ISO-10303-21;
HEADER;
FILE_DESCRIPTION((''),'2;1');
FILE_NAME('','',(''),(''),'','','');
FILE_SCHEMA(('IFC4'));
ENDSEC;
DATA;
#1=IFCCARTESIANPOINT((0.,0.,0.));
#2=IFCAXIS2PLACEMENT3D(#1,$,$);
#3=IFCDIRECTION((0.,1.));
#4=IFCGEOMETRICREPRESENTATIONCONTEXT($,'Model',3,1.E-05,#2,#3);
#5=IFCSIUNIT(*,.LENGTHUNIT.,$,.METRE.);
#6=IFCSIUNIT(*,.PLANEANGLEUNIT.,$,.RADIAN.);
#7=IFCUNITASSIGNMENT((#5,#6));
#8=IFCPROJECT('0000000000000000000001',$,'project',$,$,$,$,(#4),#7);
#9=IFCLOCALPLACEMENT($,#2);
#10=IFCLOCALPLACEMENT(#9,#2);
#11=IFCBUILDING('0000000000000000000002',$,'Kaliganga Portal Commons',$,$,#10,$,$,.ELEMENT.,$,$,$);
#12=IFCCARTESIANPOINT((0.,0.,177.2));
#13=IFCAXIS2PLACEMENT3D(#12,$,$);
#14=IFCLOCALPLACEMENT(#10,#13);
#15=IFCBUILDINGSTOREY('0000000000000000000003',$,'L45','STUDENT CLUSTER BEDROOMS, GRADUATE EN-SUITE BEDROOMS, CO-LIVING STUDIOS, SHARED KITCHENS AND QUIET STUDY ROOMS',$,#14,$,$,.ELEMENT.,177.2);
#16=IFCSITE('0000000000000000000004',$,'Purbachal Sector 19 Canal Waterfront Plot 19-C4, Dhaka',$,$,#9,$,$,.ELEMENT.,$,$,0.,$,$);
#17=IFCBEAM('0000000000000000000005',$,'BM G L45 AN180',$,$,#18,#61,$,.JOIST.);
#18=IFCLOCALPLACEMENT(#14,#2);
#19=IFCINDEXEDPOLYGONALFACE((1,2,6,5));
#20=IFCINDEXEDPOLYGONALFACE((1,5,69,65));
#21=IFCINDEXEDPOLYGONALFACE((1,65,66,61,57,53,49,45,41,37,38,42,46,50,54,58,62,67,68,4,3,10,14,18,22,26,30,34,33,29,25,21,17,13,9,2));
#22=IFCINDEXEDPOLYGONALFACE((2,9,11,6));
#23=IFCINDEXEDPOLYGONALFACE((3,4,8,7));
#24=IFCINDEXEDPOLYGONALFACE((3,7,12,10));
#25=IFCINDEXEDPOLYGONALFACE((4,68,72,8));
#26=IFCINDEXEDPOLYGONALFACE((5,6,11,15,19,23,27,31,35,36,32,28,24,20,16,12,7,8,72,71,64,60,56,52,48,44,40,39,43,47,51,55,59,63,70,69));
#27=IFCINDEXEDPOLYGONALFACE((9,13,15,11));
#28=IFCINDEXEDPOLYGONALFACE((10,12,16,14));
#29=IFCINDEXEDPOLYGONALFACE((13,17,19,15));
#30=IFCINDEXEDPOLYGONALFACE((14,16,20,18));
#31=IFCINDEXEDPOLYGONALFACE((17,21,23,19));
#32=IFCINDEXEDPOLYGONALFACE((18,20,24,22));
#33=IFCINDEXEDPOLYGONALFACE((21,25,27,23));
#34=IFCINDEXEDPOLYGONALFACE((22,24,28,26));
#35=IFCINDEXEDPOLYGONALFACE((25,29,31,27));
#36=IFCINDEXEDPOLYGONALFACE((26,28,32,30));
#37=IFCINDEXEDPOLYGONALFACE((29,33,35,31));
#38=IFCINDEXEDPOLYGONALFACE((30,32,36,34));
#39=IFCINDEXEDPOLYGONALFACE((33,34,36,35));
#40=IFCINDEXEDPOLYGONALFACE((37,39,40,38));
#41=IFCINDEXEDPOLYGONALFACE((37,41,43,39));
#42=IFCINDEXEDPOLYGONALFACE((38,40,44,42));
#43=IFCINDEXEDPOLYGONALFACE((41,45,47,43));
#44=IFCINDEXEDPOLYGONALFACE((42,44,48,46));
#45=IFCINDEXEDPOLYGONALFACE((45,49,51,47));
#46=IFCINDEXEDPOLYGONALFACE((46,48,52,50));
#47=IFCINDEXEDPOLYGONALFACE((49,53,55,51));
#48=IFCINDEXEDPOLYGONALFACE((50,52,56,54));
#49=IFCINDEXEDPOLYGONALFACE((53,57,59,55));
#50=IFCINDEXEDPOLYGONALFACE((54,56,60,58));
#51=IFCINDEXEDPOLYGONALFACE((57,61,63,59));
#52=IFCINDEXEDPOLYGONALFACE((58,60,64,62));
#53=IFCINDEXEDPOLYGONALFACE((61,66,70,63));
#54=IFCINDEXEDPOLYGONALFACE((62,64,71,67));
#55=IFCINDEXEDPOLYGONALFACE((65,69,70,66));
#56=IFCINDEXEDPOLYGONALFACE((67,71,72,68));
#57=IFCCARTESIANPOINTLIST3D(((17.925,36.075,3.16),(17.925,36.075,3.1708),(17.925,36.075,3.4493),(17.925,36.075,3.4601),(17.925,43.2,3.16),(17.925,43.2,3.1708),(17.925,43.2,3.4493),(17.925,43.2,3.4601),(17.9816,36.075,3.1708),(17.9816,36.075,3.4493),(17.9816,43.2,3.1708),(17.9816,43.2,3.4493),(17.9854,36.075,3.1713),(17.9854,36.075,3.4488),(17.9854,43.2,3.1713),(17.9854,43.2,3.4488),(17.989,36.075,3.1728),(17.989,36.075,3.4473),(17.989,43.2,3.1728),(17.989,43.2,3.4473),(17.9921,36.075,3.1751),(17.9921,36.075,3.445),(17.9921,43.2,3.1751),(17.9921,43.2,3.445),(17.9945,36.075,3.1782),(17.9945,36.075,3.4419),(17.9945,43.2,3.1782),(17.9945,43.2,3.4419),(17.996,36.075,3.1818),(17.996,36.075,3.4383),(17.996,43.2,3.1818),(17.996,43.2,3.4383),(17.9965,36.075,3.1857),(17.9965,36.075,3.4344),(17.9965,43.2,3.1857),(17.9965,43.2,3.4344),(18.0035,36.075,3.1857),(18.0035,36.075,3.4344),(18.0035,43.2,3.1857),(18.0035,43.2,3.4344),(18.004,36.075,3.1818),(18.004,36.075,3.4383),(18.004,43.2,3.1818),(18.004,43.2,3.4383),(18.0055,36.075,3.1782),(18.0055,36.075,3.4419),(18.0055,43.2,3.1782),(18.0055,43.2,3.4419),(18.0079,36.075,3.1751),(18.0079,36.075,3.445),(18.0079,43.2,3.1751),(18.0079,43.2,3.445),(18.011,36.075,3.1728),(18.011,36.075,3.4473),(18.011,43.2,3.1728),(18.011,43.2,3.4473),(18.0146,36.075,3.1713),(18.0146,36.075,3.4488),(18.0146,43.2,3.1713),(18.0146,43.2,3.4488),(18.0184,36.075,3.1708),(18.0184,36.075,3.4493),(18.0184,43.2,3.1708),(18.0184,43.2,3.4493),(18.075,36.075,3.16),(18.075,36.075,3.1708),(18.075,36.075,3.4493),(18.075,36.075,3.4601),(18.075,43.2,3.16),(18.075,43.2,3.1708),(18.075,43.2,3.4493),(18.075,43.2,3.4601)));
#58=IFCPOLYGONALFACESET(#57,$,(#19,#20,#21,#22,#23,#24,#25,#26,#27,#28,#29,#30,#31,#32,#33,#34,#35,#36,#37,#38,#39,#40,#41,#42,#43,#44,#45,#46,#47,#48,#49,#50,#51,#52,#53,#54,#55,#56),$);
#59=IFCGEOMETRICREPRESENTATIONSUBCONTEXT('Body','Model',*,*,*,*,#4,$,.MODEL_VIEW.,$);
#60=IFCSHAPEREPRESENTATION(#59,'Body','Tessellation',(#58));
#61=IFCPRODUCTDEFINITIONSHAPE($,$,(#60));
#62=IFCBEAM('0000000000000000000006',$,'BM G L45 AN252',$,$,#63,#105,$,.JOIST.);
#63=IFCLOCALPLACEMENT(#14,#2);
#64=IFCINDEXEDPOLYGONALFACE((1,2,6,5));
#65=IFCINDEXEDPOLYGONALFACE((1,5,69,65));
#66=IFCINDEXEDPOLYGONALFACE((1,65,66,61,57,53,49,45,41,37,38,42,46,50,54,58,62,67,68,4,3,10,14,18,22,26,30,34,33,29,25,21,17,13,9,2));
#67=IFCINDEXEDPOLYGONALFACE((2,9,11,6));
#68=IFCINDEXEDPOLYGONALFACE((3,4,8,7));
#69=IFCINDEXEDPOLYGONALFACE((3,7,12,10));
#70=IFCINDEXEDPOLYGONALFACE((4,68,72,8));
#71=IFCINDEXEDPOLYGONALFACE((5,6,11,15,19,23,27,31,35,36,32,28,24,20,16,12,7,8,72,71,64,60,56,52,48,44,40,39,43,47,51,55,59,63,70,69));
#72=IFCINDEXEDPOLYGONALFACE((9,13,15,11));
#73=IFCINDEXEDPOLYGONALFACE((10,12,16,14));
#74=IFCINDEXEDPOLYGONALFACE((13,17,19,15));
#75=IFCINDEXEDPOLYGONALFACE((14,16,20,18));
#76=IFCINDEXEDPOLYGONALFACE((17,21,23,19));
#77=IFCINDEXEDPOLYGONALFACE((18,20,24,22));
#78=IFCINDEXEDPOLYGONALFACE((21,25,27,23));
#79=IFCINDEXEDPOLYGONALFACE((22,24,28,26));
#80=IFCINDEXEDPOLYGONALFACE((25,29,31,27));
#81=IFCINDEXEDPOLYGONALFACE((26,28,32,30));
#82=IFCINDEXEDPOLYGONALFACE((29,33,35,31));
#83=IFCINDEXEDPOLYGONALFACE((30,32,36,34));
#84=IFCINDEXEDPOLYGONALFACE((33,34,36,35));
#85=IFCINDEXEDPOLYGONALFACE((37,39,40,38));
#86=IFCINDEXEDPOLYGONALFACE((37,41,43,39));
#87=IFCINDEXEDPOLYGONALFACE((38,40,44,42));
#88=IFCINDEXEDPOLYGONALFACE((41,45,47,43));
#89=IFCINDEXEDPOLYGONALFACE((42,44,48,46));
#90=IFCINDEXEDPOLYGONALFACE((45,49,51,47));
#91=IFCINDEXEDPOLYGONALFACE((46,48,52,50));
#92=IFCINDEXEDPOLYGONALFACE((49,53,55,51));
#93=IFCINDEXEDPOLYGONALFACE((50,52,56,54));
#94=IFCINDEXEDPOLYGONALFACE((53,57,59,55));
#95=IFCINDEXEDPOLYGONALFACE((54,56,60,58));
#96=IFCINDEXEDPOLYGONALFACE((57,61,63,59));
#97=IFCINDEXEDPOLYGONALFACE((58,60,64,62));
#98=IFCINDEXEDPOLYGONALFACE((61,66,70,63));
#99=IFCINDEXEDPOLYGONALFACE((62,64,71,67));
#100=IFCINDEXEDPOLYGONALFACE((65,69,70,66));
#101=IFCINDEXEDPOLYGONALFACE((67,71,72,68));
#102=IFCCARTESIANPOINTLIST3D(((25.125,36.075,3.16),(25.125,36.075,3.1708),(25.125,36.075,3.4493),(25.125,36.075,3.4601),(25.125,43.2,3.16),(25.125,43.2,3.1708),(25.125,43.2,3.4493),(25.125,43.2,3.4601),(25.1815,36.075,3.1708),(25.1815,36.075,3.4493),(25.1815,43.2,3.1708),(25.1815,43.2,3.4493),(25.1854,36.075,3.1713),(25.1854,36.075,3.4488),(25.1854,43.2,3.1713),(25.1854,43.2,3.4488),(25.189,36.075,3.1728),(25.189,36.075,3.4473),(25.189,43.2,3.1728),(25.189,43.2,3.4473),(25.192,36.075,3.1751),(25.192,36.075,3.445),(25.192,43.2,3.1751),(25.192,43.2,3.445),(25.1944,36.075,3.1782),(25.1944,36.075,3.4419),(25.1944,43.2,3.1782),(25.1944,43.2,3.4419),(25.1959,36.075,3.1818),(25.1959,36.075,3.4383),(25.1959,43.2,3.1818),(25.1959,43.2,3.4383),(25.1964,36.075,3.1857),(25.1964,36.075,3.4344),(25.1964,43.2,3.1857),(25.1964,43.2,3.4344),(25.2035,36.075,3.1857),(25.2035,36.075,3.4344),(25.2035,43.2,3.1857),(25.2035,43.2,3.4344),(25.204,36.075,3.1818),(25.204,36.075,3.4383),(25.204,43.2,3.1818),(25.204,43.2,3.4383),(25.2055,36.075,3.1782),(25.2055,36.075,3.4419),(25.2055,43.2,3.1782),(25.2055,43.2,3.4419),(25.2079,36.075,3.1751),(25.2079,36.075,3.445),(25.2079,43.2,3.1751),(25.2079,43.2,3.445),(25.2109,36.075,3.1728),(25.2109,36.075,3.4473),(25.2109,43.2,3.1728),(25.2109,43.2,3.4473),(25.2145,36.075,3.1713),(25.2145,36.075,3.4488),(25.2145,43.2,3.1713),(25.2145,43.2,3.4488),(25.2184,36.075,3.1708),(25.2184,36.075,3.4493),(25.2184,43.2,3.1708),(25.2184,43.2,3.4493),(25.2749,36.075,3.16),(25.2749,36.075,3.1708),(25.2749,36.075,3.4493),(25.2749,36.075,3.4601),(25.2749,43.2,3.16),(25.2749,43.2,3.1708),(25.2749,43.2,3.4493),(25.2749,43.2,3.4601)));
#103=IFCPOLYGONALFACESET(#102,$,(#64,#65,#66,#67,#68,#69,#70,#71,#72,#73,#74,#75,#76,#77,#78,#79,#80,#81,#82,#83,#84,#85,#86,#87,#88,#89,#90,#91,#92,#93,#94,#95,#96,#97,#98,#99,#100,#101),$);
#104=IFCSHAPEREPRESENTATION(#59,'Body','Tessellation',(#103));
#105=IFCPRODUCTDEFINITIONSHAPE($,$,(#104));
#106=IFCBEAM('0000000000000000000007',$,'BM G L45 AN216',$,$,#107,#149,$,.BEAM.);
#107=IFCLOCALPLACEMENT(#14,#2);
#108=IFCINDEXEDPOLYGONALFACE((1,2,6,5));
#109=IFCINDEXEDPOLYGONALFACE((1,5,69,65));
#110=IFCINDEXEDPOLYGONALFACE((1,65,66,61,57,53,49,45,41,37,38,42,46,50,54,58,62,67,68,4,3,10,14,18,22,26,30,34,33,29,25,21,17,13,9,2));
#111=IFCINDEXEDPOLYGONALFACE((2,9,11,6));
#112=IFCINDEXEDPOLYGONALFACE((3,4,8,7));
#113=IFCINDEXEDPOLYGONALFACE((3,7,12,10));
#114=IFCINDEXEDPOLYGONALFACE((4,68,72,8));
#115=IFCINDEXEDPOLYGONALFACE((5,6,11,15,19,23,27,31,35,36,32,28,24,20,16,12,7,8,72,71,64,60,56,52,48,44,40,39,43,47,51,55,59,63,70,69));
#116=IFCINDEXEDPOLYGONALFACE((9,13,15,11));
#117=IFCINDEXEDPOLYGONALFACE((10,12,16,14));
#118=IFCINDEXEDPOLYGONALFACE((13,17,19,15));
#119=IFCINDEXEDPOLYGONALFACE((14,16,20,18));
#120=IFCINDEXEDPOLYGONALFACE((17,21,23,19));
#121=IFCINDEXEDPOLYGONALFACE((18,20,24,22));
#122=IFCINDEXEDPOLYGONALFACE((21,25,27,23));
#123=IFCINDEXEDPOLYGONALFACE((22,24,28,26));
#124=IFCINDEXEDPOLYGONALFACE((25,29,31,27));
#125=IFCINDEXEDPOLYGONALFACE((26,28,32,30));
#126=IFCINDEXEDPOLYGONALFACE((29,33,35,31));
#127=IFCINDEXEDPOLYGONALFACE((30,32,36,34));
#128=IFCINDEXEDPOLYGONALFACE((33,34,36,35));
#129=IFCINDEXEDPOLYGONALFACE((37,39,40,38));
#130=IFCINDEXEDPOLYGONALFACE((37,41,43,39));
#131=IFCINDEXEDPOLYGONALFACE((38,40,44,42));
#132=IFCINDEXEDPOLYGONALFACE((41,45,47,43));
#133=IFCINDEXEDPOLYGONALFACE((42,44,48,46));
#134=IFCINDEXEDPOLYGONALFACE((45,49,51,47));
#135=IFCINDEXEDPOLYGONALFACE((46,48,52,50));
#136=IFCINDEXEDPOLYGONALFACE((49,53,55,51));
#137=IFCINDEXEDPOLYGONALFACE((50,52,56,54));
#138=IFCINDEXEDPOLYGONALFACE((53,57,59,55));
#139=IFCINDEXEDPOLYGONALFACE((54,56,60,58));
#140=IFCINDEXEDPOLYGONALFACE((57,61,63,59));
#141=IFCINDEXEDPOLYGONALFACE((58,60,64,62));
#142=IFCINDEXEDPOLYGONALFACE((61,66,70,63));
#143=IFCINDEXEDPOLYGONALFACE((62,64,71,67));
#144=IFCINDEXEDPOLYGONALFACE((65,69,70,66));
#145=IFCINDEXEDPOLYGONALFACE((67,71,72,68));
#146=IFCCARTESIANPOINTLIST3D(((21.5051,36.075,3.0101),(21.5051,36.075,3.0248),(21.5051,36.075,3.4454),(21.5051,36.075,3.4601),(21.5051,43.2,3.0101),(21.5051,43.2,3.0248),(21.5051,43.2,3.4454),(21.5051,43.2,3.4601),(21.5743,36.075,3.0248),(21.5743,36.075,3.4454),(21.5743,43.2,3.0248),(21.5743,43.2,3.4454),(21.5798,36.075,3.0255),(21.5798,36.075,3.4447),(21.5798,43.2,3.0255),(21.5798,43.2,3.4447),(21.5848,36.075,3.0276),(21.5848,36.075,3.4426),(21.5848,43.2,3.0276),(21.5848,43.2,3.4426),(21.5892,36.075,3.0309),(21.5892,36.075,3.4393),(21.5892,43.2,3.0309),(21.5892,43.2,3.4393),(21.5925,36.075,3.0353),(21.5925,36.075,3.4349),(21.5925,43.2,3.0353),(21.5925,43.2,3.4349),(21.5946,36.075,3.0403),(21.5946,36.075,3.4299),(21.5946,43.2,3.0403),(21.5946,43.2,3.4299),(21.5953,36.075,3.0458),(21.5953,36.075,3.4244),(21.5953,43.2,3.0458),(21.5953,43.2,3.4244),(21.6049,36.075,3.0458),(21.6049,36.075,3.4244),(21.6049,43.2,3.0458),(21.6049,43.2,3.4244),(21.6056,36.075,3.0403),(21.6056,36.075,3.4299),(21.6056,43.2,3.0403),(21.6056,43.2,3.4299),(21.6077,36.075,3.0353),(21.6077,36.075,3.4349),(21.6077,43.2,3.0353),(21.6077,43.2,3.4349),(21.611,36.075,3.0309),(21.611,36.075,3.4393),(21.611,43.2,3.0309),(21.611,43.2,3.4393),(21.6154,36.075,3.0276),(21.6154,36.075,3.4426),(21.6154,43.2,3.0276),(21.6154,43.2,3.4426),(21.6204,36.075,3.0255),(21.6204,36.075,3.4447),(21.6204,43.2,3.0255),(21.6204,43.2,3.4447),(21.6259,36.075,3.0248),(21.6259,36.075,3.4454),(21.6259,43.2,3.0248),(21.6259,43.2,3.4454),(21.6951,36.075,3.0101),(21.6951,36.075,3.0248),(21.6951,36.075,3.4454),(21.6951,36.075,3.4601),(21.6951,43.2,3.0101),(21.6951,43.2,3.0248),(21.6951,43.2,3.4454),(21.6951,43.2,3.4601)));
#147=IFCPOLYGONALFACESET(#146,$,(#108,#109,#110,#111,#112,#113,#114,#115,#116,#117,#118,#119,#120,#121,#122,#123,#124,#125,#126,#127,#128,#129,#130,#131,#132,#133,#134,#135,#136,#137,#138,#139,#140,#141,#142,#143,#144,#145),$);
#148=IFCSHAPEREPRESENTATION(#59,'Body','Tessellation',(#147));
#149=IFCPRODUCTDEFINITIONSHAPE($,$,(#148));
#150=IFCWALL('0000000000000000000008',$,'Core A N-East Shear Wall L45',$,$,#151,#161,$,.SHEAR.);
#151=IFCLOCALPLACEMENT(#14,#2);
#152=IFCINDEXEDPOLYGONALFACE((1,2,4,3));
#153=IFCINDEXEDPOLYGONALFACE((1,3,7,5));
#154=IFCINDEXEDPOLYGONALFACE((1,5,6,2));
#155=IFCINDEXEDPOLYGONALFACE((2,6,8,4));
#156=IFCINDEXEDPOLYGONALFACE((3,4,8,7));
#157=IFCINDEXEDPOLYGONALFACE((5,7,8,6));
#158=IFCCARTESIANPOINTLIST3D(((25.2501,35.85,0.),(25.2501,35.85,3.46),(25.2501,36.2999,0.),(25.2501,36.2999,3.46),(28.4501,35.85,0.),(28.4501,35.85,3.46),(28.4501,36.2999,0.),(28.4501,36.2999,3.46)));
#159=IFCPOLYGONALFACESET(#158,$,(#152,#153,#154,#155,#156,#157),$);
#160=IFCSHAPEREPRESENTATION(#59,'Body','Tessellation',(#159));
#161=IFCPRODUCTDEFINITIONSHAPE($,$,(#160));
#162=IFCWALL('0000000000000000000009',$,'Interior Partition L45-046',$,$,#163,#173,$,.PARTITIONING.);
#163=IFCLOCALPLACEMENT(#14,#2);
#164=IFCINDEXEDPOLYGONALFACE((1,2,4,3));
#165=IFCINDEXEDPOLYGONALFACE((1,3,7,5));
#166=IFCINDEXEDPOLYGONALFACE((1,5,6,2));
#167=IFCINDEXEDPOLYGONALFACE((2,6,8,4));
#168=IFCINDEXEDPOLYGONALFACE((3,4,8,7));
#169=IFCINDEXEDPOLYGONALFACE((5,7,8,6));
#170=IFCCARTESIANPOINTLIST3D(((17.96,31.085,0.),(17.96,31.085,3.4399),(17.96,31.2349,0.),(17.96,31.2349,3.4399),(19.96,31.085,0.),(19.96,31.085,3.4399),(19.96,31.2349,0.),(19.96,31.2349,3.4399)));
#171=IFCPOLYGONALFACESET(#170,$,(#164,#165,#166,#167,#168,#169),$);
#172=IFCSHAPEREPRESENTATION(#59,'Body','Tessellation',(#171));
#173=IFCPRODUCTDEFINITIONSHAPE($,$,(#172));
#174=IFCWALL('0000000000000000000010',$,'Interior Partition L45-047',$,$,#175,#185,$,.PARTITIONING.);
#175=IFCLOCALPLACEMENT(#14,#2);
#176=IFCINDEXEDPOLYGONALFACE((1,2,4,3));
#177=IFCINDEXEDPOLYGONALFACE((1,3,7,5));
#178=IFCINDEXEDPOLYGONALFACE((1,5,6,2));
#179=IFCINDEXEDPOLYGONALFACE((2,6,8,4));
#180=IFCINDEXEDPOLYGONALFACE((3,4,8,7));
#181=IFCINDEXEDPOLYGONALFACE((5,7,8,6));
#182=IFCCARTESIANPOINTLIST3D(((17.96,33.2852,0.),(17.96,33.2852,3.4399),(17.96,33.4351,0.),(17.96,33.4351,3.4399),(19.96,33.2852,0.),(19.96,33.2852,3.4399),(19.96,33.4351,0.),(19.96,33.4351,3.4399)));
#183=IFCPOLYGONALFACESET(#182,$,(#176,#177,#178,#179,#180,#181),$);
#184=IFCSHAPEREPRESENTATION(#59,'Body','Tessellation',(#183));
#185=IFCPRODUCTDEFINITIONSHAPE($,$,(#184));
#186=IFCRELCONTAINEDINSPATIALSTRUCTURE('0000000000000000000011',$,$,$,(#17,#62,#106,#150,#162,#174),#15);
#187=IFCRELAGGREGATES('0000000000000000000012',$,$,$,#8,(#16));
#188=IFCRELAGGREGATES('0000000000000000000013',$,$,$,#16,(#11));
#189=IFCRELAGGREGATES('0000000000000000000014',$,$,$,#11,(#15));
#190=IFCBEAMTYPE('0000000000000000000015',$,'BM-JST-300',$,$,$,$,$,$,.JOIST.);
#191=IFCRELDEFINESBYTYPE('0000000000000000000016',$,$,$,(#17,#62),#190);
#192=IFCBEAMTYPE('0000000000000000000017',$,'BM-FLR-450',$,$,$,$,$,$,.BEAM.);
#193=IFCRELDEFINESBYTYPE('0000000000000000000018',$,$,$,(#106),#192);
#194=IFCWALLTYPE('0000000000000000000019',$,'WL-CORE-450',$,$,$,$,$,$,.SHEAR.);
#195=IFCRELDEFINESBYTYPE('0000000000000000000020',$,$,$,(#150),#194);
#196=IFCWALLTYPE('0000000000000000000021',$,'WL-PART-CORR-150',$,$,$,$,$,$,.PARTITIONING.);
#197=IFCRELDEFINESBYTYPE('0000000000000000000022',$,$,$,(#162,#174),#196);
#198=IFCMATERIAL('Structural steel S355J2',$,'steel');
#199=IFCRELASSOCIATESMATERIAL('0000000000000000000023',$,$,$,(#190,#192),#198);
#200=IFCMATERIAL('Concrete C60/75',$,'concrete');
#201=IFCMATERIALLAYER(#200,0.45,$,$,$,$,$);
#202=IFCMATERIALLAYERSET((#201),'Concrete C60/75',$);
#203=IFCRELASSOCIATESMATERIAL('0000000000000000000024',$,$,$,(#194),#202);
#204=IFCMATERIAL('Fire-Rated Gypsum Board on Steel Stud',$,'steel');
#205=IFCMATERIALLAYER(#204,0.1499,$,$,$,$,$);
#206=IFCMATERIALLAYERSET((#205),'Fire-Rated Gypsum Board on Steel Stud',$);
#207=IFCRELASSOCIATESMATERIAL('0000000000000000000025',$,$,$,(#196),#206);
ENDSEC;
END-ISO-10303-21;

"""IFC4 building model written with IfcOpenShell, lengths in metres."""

from ifc_helpers import new_model, si_unit, direction, frame, frame_2d, origin, origin_2d, place, context, subcontext, project, spatial, rectangle, i_section, extrude, source, transform, mapped, material, layer, layer_set, material_profile, profile_set, type_object, element, save


model = new_model("IFC4")

# Units and contexts
model_context = context("Model", 3, precision=1e-05, world=origin(), true_north=direction((0.0, 1.0)))
body_context = subcontext(model_context, "Body", "Model", "MODEL_VIEW")
ifc_project = project(units=[si_unit("LENGTHUNIT", "METRE"), si_unit("PLANEANGLEUNIT", "RADIAN")], contexts=[model_context])

# Site, building, storey
site_placement = place(None, origin())
site = spatial("IfcSite", under=ifc_project, at=site_placement, Name="Purbachal Sector 19 Canal Waterfront Plot 19-C4, Dhaka", CompositionType="ELEMENT", RefElevation=0.0)
building_placement = place(site_placement, origin())
building = spatial("IfcBuilding", under=site, at=building_placement, Name="Kaliganga Portal Commons", CompositionType="ELEMENT")
storey_placement = place(building_placement, frame((0.0, 0.0, 177.2)))
storey = spatial("IfcBuildingStorey", under=building, at=storey_placement, Name="L45", Description="STUDENT CLUSTER BEDROOMS, GRADUATE EN-SUITE BEDROOMS, CO-LIVING STUDIOS, SHARED KITCHENS AND QUIET STUDY ROOMS", CompositionType="ELEMENT", Elevation=177.2)

# Beams
ifc_material_1 = material(Name="Structural steel S355J2", Category="steel")
ifc_material_profile_1 = material_profile(ifc_material_1, i_section(OverallWidth=0.1499, OverallDepth=0.3, WebThickness=0.0071, FlangeThickness=0.0107, FilletRadius=0.0149, at=origin_2d()), Name="IPE 300")
ifc_profile_set_1 = profile_set([ifc_material_profile_1], Name="Structural steel S355J2 wide-flange")
beam_type_1 = type_object("IfcBeamType", Name="BM-JST-300", PredefinedType="JOIST", material=ifc_profile_set_1)
shared_shape_1 = source(origin(), body_context, "Body", "SweptSolid", [
    extrude(i_section(OverallWidth=0.1499, OverallDepth=0.3, WebThickness=0.0071, FlangeThickness=0.0107, FilletRadius=0.0149, at=origin_2d()), origin(), (0.0, 0.0, 1.0), 7.125),
])
for number, where, z_axis, x_axis, name in (
    (1, (18.0, 36.075, 3.3101), (0.0, 1.0, 0.0), (-1.0, 0.0, 0.0), "BM G L45 AN180"),
    (2, (25.2, 36.075, 3.3101), (0.0, 1.0, 0.0), (-1.0, 0.0, 0.0), "BM G L45 AN252"),
):
    element("IfcBeam", number, at=place(storey_placement, frame(where, z_axis=z_axis, x_axis=x_axis)), inside=storey, type_object=beam_type_1, Name=name, PredefinedType="JOIST", context=body_context, shape_type="MappedRepresentation", body=[
        mapped(shared_shape_1, transform((0.0, 0.0, 0.0), x_axis=(1.0, 0.0, 0.0), y_axis=(0.0, 1.0, 0.0), z_axis=(0.0, 0.0, 1.0), scale=1.0)),
    ])
ifc_material_profile_2 = material_profile(ifc_material_1, i_section(OverallWidth=0.1899, OverallDepth=0.45, WebThickness=0.0095, FlangeThickness=0.0146, FilletRadius=0.021, at=origin_2d()), Name="IPE 450")
ifc_profile_set_2 = profile_set([ifc_material_profile_2], Name="Structural steel S355J2 wide-flange")
beam_type_2 = type_object("IfcBeamType", Name="BM-FLR-450", PredefinedType="BEAM", material=ifc_profile_set_2)
shared_shape_2 = source(origin(), body_context, "Body", "SweptSolid", [
    extrude(i_section(OverallWidth=0.1899, OverallDepth=0.45, WebThickness=0.0095, FlangeThickness=0.0146, FilletRadius=0.021, at=origin_2d()), origin(), (0.0, 0.0, 1.0), 7.125),
])
beam_placement = place(storey_placement, frame((21.6001, 36.075, 3.2351), z_axis=(0.0, 1.0, 0.0), x_axis=(-1.0, 0.0, 0.0)))
element("IfcBeam", 3, at=beam_placement, inside=storey, type_object=beam_type_2, Name="BM G L45 AN216", PredefinedType="BEAM", context=body_context, shape_type="MappedRepresentation", body=[
    mapped(shared_shape_2, transform((0.0, 0.0, 0.0), x_axis=(1.0, 0.0, 0.0), y_axis=(0.0, 1.0, 0.0), z_axis=(0.0, 0.0, 1.0), scale=1.0)),
])

# Walls
ifc_material_2 = material(Name="Concrete C60/75", Category="concrete")
ifc_layer_1 = layer(ifc_material_2, 0.45)
ifc_layer_set_1 = layer_set([ifc_layer_1], Name="Concrete C60/75")
wall_type_1 = type_object("IfcWallType", Name="WL-CORE-450", PredefinedType="SHEAR", material=ifc_layer_set_1)
wall_1_placement = place(storey_placement, frame((25.25, 36.075, 0.0), z_axis=(0.0, 0.0, 1.0), x_axis=(1.0, 0.0, 0.0)))
element("IfcWall", 4, at=wall_1_placement, inside=storey, type_object=wall_type_1, Name="Core A N-East Shear Wall L45", PredefinedType="SHEAR", context=body_context, shape_type="SweptSolid", body=[
    extrude(rectangle(XDim=3.2, YDim=0.45, at=frame_2d((1.6001, 0.0))), origin(), (0.0, 0.0, 1.0), 3.46),
])
ifc_material_3 = material(Name="Fire-Rated Gypsum Board on Steel Stud", Category="steel")
ifc_layer_2 = layer(ifc_material_3, 0.1499)
ifc_layer_set_2 = layer_set([ifc_layer_2], Name="Fire-Rated Gypsum Board on Steel Stud")
wall_type_2 = type_object("IfcWallType", Name="WL-PART-CORR-150", PredefinedType="PARTITIONING", material=ifc_layer_set_2)
for number, where, z_axis, x_axis, name in (
    (5, (17.96, 31.1599, 0.0), (0.0, 0.0, 1.0), (1.0, 0.0, 0.0), "Interior Partition L45-046"),
    (6, (17.96, 33.3601, 0.0), (0.0, 0.0, 1.0), (1.0, 0.0, 0.0), "Interior Partition L45-047"),
):
    element("IfcWall", number, at=place(storey_placement, frame(where, z_axis=z_axis, x_axis=x_axis)), inside=storey, type_object=wall_type_2, Name=name, PredefinedType="PARTITIONING", context=body_context, shape_type="SweptSolid", body=[
        extrude(rectangle(XDim=2.0, YDim=0.1499, at=frame_2d((1.0, 0.0))), origin(), (0.0, 0.0, 1.0), 3.4399),
    ])

save(model, "model.ifc")
